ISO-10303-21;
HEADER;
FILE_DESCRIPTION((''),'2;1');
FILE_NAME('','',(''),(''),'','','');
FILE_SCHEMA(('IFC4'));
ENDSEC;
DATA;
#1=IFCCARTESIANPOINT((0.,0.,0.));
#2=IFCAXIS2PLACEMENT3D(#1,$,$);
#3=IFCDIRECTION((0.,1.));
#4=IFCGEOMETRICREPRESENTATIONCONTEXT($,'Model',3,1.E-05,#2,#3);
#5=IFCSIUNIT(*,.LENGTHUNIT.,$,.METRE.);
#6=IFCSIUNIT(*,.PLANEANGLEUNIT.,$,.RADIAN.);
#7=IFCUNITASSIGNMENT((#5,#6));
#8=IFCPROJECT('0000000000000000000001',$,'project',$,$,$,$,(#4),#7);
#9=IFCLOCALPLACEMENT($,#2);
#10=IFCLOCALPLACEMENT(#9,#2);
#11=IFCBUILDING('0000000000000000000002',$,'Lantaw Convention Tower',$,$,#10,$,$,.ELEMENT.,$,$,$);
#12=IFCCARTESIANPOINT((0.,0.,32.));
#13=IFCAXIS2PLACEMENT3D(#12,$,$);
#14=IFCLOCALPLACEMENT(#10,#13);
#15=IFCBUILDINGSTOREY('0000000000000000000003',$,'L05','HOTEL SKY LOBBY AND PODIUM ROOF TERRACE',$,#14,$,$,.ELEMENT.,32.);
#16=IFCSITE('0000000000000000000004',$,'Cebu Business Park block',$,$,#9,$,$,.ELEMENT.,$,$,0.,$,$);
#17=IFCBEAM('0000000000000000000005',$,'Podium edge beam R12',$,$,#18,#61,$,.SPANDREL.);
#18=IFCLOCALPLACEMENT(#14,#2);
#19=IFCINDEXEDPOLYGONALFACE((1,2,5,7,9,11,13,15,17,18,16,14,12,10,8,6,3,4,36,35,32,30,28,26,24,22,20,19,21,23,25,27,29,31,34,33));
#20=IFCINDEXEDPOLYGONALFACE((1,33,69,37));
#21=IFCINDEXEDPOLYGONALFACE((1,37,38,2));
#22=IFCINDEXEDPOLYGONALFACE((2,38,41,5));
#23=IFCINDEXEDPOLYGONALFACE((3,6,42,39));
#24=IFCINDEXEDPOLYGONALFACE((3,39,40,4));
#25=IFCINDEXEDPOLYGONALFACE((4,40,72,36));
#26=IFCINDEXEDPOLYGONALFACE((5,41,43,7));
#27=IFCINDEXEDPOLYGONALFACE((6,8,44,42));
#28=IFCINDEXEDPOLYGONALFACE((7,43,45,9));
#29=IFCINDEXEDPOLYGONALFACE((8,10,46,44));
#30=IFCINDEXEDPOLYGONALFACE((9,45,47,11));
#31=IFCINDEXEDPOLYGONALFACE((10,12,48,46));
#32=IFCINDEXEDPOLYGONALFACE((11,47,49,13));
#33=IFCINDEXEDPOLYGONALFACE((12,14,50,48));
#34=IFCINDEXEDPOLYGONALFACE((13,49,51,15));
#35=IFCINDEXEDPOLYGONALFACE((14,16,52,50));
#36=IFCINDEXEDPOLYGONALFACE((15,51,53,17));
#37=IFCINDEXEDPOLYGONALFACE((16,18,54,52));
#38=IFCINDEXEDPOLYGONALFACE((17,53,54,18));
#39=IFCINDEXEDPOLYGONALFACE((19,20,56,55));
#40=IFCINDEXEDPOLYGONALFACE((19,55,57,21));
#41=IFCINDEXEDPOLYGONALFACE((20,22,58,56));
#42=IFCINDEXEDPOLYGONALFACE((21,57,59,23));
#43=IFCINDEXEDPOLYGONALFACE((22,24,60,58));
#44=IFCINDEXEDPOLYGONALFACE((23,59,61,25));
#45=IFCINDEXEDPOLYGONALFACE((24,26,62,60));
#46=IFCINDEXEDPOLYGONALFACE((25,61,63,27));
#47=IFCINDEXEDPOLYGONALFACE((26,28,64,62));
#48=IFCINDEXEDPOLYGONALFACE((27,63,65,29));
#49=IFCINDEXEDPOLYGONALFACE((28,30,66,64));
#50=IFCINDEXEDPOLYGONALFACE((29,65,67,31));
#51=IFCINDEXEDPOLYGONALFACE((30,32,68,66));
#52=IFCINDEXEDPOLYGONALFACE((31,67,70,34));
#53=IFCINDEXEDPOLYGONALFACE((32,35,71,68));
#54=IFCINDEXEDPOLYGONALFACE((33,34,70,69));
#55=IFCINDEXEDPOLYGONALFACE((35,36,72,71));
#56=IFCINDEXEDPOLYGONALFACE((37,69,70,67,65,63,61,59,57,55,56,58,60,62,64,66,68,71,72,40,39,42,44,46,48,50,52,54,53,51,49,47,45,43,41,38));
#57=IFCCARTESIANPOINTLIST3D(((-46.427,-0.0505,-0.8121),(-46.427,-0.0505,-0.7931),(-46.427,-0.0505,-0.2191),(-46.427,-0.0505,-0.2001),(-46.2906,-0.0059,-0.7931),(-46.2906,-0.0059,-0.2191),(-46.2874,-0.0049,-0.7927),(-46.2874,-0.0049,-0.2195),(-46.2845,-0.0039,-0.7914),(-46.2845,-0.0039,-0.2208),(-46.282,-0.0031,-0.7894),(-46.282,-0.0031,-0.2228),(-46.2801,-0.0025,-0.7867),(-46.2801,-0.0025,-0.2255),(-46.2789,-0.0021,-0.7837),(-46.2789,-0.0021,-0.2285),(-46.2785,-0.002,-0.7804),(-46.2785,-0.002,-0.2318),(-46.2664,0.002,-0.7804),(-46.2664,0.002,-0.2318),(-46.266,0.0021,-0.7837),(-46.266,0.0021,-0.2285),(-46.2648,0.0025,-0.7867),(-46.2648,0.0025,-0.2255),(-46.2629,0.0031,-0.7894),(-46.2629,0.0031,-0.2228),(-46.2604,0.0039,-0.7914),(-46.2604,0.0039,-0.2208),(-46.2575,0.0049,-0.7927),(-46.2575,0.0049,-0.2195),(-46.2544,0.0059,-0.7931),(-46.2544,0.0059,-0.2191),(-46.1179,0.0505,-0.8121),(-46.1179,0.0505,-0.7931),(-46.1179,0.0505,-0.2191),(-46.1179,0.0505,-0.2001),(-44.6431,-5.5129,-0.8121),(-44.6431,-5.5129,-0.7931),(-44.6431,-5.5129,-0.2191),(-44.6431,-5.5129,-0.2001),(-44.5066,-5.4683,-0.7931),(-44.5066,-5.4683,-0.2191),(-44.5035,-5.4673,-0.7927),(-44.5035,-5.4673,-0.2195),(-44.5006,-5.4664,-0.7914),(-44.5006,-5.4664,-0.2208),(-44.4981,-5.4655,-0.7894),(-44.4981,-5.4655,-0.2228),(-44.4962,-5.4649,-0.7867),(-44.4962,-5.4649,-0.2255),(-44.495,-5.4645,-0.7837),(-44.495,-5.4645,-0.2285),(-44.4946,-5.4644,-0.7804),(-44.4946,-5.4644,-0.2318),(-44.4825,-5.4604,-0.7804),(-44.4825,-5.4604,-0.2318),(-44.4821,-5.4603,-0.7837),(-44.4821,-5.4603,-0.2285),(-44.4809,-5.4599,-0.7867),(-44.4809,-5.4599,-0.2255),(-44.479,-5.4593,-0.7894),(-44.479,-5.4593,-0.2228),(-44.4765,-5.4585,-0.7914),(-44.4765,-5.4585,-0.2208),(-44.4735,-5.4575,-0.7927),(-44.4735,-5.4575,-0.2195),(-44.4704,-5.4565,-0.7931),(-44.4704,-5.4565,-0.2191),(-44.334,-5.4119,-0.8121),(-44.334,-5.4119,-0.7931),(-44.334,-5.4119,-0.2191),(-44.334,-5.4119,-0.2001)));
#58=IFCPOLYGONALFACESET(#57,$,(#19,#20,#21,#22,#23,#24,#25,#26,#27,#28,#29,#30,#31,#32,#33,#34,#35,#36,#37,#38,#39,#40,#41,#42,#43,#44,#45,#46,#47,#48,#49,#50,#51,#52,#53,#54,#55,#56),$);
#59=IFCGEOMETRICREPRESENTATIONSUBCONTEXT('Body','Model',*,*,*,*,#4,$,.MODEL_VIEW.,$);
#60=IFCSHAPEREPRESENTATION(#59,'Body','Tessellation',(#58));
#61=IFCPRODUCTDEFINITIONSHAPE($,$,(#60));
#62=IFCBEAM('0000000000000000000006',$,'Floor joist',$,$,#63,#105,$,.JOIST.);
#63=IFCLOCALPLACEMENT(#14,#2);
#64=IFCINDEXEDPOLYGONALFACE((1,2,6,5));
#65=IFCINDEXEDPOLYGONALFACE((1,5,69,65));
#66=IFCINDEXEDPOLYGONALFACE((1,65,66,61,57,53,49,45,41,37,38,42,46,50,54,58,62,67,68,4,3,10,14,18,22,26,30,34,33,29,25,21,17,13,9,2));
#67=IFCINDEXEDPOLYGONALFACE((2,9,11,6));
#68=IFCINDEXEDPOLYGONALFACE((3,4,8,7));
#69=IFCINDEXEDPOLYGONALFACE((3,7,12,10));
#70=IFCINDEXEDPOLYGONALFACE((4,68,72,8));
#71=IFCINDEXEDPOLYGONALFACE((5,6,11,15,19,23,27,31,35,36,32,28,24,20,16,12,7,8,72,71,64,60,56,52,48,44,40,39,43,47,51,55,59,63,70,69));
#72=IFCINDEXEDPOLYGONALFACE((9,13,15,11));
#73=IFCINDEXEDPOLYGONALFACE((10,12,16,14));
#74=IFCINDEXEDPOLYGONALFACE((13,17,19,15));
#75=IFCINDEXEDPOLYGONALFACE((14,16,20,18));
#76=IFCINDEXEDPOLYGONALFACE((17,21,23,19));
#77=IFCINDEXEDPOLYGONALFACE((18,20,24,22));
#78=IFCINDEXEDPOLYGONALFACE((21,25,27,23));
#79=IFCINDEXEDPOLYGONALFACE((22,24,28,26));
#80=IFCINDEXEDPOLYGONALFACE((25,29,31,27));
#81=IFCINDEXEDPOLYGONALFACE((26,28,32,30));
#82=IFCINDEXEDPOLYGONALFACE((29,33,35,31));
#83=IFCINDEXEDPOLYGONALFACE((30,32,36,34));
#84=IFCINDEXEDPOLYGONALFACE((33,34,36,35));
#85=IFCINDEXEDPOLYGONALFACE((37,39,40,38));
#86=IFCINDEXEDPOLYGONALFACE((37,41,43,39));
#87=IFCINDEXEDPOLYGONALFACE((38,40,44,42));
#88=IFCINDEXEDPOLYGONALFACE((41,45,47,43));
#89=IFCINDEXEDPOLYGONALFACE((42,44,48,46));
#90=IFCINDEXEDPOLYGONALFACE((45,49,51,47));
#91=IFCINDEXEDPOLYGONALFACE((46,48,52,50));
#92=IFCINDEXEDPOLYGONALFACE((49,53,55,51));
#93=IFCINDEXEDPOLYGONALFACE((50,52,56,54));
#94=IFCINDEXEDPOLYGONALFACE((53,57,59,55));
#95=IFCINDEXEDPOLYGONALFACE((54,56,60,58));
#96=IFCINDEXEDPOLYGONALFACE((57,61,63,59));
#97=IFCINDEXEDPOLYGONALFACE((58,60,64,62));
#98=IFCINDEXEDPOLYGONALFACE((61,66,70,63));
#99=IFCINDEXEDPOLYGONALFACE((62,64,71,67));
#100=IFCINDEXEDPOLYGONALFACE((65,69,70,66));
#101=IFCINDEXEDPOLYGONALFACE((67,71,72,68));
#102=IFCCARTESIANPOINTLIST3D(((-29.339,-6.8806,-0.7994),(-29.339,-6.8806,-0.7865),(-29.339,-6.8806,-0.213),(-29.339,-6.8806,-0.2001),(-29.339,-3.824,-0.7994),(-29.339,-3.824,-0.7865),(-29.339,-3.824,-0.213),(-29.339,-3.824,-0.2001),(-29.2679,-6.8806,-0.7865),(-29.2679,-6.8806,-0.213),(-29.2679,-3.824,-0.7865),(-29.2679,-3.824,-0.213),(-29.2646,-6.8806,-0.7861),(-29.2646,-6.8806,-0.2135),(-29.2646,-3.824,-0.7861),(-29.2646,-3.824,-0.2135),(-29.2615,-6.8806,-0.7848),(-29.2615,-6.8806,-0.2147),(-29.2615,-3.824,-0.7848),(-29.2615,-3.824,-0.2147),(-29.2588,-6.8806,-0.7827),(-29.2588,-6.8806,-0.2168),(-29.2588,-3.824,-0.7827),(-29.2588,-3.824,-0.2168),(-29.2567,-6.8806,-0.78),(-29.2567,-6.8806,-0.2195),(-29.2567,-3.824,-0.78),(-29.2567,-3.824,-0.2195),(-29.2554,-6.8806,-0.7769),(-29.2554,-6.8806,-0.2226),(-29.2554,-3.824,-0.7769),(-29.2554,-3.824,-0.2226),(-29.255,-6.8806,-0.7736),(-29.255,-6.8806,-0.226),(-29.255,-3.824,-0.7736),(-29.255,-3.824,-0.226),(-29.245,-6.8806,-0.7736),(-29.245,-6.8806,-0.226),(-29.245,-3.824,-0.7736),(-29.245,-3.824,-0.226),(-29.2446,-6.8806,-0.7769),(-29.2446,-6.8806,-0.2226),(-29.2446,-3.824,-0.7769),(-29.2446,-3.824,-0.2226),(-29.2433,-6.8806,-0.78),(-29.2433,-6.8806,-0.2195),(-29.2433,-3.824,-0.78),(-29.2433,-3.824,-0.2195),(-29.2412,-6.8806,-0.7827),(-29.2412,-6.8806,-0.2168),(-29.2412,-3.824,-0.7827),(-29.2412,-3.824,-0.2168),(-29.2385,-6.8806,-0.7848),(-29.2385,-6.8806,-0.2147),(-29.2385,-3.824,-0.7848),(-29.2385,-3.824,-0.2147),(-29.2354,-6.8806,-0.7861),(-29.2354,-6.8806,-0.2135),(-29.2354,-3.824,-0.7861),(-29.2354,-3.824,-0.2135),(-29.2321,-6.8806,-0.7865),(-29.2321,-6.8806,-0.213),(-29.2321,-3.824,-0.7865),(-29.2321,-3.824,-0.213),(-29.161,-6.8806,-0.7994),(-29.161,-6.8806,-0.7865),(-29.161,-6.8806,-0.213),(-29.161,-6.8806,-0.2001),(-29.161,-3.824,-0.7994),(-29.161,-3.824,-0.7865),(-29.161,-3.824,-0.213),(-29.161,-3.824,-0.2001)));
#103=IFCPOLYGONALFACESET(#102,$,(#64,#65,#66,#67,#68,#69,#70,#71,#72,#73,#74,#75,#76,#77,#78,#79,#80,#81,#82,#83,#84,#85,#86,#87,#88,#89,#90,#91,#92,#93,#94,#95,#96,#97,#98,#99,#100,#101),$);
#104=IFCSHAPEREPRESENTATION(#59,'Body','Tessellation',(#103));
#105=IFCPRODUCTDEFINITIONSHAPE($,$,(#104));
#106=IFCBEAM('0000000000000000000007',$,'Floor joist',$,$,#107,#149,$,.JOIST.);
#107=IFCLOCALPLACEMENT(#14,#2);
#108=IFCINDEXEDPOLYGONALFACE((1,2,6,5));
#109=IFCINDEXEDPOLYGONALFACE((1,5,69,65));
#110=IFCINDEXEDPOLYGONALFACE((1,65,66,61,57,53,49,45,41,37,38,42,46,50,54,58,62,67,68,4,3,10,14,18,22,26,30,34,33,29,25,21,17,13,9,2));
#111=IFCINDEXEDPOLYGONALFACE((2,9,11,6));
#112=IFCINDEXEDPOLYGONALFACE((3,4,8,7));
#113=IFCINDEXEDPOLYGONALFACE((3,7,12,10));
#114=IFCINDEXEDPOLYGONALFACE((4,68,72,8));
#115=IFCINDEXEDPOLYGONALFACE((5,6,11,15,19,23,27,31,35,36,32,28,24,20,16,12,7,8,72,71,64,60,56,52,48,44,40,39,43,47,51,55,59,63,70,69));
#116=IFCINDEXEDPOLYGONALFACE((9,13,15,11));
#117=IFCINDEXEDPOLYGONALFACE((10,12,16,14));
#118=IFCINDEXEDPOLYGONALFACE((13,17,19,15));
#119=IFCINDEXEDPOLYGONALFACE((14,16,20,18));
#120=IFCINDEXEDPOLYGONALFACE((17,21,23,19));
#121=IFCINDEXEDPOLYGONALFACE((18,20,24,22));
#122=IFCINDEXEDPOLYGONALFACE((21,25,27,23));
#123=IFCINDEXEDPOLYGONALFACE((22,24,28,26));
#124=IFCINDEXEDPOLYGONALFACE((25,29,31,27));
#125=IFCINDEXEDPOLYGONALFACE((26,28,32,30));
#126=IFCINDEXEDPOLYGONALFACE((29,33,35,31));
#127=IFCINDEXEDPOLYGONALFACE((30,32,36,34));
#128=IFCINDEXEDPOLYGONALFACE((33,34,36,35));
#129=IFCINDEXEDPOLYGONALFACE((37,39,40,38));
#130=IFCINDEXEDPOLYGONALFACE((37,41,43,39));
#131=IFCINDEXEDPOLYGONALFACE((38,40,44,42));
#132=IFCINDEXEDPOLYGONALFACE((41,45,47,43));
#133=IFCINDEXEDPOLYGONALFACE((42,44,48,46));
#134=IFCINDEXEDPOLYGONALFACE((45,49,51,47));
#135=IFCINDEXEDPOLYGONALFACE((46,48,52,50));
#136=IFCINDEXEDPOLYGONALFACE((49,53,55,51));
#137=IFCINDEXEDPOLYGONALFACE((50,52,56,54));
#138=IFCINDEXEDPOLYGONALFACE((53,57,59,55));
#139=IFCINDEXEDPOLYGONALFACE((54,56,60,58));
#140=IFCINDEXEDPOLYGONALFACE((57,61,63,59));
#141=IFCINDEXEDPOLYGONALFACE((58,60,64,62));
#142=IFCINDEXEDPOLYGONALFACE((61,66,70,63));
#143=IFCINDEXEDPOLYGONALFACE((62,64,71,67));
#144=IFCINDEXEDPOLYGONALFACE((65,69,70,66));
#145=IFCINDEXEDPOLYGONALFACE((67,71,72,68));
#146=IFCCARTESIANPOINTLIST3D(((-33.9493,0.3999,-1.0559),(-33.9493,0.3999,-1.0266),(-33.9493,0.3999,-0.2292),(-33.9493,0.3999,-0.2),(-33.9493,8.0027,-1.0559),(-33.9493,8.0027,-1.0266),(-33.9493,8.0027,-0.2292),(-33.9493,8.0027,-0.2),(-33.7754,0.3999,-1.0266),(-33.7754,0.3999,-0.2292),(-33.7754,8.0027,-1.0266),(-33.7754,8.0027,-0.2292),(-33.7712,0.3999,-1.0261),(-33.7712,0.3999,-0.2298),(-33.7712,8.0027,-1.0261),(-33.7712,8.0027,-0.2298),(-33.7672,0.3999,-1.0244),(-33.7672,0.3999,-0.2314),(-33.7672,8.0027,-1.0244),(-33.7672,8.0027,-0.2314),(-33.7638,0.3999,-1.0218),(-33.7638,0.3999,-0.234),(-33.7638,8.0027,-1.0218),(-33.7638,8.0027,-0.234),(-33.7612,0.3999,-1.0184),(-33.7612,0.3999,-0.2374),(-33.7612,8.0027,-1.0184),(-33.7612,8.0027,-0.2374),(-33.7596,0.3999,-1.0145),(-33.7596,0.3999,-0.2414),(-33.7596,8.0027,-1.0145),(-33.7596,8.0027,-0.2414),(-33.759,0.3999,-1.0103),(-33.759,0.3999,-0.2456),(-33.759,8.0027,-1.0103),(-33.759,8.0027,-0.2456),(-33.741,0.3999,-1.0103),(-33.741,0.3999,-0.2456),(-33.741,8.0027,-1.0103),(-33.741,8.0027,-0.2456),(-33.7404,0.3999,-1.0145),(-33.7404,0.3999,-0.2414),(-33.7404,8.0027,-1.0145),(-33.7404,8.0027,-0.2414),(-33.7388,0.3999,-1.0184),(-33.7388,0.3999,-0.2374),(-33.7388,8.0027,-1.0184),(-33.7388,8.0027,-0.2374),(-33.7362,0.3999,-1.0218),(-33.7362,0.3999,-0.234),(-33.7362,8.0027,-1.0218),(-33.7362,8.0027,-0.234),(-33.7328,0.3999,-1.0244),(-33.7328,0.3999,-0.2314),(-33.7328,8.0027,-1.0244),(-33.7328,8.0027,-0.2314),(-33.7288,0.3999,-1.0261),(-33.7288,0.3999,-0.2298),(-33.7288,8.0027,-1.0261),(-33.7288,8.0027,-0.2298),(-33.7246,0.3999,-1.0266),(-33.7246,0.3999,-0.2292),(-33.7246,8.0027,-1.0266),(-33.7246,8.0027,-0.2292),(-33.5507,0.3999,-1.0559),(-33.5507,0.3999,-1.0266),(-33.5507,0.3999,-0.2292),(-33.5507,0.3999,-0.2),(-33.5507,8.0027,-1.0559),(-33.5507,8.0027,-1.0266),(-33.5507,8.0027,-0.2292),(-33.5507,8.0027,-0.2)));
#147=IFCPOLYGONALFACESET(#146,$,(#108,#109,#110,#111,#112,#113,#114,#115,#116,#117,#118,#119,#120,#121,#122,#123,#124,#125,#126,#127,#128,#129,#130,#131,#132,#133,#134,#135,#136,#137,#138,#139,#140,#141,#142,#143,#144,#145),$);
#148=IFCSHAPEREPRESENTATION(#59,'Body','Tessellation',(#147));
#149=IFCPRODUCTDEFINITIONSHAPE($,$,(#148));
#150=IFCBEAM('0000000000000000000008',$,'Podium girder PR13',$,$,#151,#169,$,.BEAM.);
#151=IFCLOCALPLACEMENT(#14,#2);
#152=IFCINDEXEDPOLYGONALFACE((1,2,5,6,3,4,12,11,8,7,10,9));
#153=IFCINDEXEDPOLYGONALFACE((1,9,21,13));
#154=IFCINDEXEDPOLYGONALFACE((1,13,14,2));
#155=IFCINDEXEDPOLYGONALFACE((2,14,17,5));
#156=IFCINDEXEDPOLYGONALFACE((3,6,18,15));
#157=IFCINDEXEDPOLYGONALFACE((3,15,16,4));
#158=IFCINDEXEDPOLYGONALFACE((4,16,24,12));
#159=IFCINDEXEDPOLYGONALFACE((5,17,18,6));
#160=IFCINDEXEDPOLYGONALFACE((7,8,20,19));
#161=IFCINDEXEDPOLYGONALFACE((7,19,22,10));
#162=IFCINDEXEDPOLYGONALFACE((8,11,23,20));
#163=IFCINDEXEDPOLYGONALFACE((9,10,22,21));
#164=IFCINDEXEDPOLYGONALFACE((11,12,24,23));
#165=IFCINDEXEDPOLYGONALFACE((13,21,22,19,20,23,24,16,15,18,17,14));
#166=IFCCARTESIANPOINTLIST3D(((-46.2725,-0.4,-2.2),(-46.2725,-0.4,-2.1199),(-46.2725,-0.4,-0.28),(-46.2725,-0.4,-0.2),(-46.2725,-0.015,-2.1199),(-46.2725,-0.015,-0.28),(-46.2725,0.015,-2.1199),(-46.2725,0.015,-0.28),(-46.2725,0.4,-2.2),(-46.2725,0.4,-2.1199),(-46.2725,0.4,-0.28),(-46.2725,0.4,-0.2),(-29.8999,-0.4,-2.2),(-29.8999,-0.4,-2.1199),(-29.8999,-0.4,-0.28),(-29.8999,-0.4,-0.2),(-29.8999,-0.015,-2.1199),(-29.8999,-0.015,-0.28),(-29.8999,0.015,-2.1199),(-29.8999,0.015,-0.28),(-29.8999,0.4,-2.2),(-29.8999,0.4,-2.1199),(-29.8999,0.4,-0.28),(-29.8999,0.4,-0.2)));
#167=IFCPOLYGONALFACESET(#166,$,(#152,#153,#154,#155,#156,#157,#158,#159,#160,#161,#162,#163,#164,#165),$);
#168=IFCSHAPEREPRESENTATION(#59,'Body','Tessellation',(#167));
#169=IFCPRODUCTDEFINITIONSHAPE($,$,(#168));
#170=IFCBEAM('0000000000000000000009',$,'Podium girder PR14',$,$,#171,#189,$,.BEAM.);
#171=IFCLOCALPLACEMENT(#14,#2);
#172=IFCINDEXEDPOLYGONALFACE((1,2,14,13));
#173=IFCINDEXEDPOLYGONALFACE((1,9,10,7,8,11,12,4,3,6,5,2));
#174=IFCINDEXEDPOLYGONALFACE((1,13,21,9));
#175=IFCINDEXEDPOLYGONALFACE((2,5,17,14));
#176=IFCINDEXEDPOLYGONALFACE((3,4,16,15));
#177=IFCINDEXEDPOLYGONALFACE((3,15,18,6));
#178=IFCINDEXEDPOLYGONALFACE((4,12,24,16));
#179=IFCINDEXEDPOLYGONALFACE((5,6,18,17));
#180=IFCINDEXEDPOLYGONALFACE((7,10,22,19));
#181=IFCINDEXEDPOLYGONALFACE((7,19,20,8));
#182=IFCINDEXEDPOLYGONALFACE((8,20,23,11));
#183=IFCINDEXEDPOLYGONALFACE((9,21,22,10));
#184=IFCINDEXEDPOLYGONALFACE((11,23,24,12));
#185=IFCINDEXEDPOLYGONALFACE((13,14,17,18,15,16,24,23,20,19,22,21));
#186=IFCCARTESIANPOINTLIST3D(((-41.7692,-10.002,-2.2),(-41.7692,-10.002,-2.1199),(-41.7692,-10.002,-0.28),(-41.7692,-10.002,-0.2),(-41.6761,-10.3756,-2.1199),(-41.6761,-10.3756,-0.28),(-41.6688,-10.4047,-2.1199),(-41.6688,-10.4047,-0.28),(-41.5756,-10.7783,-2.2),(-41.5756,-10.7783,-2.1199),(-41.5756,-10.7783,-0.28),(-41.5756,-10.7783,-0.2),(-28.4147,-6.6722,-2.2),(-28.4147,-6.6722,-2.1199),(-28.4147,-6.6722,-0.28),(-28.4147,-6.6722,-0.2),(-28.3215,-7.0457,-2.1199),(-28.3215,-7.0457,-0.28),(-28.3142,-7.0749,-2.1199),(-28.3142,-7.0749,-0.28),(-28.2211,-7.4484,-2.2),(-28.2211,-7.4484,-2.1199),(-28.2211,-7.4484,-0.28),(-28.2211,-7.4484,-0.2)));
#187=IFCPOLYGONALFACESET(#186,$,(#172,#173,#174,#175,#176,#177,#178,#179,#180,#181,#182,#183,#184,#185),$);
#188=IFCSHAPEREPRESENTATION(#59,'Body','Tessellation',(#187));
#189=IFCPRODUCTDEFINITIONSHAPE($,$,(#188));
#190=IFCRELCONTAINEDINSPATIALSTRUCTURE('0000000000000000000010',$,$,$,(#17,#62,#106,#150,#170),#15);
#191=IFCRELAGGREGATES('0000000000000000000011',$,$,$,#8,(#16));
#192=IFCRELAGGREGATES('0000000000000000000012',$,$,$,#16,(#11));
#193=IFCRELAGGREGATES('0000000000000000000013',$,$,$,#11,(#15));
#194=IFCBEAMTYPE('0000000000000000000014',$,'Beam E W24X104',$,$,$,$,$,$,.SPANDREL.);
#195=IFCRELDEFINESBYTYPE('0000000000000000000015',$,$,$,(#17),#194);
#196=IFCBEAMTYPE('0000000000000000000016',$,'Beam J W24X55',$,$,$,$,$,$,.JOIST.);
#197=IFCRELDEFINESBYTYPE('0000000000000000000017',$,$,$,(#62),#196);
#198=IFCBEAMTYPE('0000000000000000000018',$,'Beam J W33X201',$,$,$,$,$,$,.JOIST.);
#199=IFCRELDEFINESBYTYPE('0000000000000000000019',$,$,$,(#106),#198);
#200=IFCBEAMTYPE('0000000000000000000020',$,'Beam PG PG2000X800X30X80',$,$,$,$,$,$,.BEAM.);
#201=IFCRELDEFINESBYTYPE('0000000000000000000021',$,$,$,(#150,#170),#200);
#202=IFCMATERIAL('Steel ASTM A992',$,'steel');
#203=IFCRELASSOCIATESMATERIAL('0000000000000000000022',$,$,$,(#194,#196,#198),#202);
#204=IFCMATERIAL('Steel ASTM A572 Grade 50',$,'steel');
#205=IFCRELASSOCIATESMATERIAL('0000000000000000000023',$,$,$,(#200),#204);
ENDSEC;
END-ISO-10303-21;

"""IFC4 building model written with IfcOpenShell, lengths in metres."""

from ifc_helpers import new_model, si_unit, direction, frame, origin, origin_2d, place, context, subcontext, project, spatial, i_section, extrude, material, material_profile, profile_set, type_object, element, save


model = new_model("IFC4")

# Units and contexts
model_context = context("Model", 3, precision=1e-05, world=origin(), true_north=direction((0.0, 1.0)))
body_context = subcontext(model_context, "Body", "Model", "MODEL_VIEW")
ifc_project = project(units=[si_unit("LENGTHUNIT", "METRE"), si_unit("PLANEANGLEUNIT", "RADIAN")], contexts=[model_context])

# Site, building, storey
site_placement = place(None, origin())
site = spatial("IfcSite", under=ifc_project, at=site_placement, Name="Cebu Business Park block", CompositionType="ELEMENT", RefElevation=0.0)
building_placement = place(site_placement, origin())
building = spatial("IfcBuilding", under=site, at=building_placement, Name="Lantaw Convention Tower", CompositionType="ELEMENT")
storey_placement = place(building_placement, frame((0.0, 0.0, 32.0)))
storey = spatial("IfcBuildingStorey", under=building, at=storey_placement, Name="L05", Description="HOTEL SKY LOBBY AND PODIUM ROOF TERRACE", CompositionType="ELEMENT", Elevation=32.0)

# Beams
ifc_material_1 = material(Name="Steel ASTM A572 Grade 50", Category="steel")
ifc_material_2 = material(Name="Steel ASTM A992", Category="steel")
ifc_material_profile_1 = material_profile(ifc_material_2, i_section(OverallWidth=0.3252, OverallDepth=0.6121, WebThickness=0.0127, FlangeThickness=0.019, FilletRadius=0.0127, at=origin_2d()), Name="W24X104")
ifc_profile_set_1 = profile_set([ifc_material_profile_1], Name="Steel ASTM A992")
beam_type_1 = type_object("IfcBeamType", Name="Beam E W24X104", PredefinedType="SPANDREL", material=ifc_profile_set_1)
beam_1_placement = place(storey_placement, frame((-46.2725, 0.0, -0.5061), z_axis=(0.310448, -0.95059, 0.0), x_axis=(0.95059, 0.310448, 0.0)))
element("IfcBeam", 1, at=beam_1_placement, inside=storey, type_object=beam_type_1, Name="Podium edge beam R12", PredefinedType="SPANDREL", context=body_context, shape_type="SweptSolid", body=[
    extrude(i_section(OverallWidth=0.3252, OverallDepth=0.6121, WebThickness=0.0127, FlangeThickness=0.019, FilletRadius=0.0127, at=origin_2d()), origin(), (0.0, 0.0, 1.0), 5.7463),
])
ifc_material_profile_2 = material_profile(ifc_material_2, i_section(OverallWidth=0.178, OverallDepth=0.5994, WebThickness=0.01, FlangeThickness=0.0129, FilletRadius=0.0129, at=origin_2d()), Name="W24X55")
ifc_profile_set_2 = profile_set([ifc_material_profile_2], Name="Steel ASTM A992")
beam_type_2 = type_object("IfcBeamType", Name="Beam J W24X55", PredefinedType="JOIST", material=ifc_profile_set_2)
beam_2_placement = place(storey_placement, frame((-29.25, -6.8806, -0.4998), z_axis=(0.0, 1.0, 0.0), x_axis=(-1.0, 0.0, 0.0)))
element("IfcBeam", 2, at=beam_2_placement, inside=storey, type_object=beam_type_2, Name="Floor joist", PredefinedType="JOIST", context=body_context, shape_type="SweptSolid", body=[
    extrude(i_section(OverallWidth=0.178, OverallDepth=0.5994, WebThickness=0.01, FlangeThickness=0.0129, FilletRadius=0.0129, at=origin_2d()), origin(), (0.0, 0.0, 1.0), 3.0566),
])
ifc_material_profile_3 = material_profile(ifc_material_2, i_section(OverallWidth=0.3987, OverallDepth=0.856, WebThickness=0.0181, FlangeThickness=0.0293, FilletRadius=0.0164, at=origin_2d()), Name="W33X201")
ifc_profile_set_3 = profile_set([ifc_material_profile_3], Name="Steel ASTM A992")
beam_type_3 = type_object("IfcBeamType", Name="Beam J W33X201", PredefinedType="JOIST", material=ifc_profile_set_3)
beam_3_placement = place(storey_placement, frame((-33.75, 0.3999, -0.6279), z_axis=(0.0, 1.0, 0.0), x_axis=(-1.0, 0.0, 0.0)))
element("IfcBeam", 3, at=beam_3_placement, inside=storey, type_object=beam_type_3, Name="Floor joist", PredefinedType="JOIST", context=body_context, shape_type="SweptSolid", body=[
    extrude(i_section(OverallWidth=0.3987, OverallDepth=0.856, WebThickness=0.0181, FlangeThickness=0.0293, FilletRadius=0.0164, at=origin_2d()), origin(), (0.0, 0.0, 1.0), 7.6028),
])
ifc_material_profile_4 = material_profile(ifc_material_1, i_section(OverallWidth=0.8, OverallDepth=2.0, WebThickness=0.03, FlangeThickness=0.0801, at=origin_2d()), Name="PG2000X800X30X80")
ifc_profile_set_4 = profile_set([ifc_material_profile_4], Name="Steel ASTM A572 Grade 50")
beam_type_4 = type_object("IfcBeamType", Name="Beam PG PG2000X800X30X80", PredefinedType="BEAM", material=ifc_profile_set_4)
beam_4_placement = place(storey_placement, frame((-29.8999, 0.0, -1.2), z_axis=(-1.0, 0.0, 0.0), x_axis=(0.0, -1.0, 0.0)))
element("IfcBeam", 4, at=beam_4_placement, inside=storey, type_object=beam_type_4, Name="Podium girder PR13", PredefinedType="BEAM", context=body_context, shape_type="SweptSolid", body=[
    extrude(i_section(OverallWidth=0.8, OverallDepth=2.0, WebThickness=0.03, FlangeThickness=0.0801, at=origin_2d()), origin(), (0.0, 0.0, 1.0), 16.3726),
])
beam_5_placement = place(storey_placement, frame((-28.3179, -7.0603, -1.2), z_axis=(-0.970293, -0.241935, 0.0), x_axis=(0.241935, -0.970293, 0.0)))
element("IfcBeam", 5, at=beam_5_placement, inside=storey, type_object=beam_type_4, Name="Podium girder PR14", PredefinedType="BEAM", context=body_context, shape_type="SweptSolid", body=[
    extrude(i_section(OverallWidth=0.8, OverallDepth=2.0, WebThickness=0.03, FlangeThickness=0.0801, at=origin_2d()), origin(), (0.0, 0.0, 1.0), 13.7634),
])

save(model, "model.ifc")
